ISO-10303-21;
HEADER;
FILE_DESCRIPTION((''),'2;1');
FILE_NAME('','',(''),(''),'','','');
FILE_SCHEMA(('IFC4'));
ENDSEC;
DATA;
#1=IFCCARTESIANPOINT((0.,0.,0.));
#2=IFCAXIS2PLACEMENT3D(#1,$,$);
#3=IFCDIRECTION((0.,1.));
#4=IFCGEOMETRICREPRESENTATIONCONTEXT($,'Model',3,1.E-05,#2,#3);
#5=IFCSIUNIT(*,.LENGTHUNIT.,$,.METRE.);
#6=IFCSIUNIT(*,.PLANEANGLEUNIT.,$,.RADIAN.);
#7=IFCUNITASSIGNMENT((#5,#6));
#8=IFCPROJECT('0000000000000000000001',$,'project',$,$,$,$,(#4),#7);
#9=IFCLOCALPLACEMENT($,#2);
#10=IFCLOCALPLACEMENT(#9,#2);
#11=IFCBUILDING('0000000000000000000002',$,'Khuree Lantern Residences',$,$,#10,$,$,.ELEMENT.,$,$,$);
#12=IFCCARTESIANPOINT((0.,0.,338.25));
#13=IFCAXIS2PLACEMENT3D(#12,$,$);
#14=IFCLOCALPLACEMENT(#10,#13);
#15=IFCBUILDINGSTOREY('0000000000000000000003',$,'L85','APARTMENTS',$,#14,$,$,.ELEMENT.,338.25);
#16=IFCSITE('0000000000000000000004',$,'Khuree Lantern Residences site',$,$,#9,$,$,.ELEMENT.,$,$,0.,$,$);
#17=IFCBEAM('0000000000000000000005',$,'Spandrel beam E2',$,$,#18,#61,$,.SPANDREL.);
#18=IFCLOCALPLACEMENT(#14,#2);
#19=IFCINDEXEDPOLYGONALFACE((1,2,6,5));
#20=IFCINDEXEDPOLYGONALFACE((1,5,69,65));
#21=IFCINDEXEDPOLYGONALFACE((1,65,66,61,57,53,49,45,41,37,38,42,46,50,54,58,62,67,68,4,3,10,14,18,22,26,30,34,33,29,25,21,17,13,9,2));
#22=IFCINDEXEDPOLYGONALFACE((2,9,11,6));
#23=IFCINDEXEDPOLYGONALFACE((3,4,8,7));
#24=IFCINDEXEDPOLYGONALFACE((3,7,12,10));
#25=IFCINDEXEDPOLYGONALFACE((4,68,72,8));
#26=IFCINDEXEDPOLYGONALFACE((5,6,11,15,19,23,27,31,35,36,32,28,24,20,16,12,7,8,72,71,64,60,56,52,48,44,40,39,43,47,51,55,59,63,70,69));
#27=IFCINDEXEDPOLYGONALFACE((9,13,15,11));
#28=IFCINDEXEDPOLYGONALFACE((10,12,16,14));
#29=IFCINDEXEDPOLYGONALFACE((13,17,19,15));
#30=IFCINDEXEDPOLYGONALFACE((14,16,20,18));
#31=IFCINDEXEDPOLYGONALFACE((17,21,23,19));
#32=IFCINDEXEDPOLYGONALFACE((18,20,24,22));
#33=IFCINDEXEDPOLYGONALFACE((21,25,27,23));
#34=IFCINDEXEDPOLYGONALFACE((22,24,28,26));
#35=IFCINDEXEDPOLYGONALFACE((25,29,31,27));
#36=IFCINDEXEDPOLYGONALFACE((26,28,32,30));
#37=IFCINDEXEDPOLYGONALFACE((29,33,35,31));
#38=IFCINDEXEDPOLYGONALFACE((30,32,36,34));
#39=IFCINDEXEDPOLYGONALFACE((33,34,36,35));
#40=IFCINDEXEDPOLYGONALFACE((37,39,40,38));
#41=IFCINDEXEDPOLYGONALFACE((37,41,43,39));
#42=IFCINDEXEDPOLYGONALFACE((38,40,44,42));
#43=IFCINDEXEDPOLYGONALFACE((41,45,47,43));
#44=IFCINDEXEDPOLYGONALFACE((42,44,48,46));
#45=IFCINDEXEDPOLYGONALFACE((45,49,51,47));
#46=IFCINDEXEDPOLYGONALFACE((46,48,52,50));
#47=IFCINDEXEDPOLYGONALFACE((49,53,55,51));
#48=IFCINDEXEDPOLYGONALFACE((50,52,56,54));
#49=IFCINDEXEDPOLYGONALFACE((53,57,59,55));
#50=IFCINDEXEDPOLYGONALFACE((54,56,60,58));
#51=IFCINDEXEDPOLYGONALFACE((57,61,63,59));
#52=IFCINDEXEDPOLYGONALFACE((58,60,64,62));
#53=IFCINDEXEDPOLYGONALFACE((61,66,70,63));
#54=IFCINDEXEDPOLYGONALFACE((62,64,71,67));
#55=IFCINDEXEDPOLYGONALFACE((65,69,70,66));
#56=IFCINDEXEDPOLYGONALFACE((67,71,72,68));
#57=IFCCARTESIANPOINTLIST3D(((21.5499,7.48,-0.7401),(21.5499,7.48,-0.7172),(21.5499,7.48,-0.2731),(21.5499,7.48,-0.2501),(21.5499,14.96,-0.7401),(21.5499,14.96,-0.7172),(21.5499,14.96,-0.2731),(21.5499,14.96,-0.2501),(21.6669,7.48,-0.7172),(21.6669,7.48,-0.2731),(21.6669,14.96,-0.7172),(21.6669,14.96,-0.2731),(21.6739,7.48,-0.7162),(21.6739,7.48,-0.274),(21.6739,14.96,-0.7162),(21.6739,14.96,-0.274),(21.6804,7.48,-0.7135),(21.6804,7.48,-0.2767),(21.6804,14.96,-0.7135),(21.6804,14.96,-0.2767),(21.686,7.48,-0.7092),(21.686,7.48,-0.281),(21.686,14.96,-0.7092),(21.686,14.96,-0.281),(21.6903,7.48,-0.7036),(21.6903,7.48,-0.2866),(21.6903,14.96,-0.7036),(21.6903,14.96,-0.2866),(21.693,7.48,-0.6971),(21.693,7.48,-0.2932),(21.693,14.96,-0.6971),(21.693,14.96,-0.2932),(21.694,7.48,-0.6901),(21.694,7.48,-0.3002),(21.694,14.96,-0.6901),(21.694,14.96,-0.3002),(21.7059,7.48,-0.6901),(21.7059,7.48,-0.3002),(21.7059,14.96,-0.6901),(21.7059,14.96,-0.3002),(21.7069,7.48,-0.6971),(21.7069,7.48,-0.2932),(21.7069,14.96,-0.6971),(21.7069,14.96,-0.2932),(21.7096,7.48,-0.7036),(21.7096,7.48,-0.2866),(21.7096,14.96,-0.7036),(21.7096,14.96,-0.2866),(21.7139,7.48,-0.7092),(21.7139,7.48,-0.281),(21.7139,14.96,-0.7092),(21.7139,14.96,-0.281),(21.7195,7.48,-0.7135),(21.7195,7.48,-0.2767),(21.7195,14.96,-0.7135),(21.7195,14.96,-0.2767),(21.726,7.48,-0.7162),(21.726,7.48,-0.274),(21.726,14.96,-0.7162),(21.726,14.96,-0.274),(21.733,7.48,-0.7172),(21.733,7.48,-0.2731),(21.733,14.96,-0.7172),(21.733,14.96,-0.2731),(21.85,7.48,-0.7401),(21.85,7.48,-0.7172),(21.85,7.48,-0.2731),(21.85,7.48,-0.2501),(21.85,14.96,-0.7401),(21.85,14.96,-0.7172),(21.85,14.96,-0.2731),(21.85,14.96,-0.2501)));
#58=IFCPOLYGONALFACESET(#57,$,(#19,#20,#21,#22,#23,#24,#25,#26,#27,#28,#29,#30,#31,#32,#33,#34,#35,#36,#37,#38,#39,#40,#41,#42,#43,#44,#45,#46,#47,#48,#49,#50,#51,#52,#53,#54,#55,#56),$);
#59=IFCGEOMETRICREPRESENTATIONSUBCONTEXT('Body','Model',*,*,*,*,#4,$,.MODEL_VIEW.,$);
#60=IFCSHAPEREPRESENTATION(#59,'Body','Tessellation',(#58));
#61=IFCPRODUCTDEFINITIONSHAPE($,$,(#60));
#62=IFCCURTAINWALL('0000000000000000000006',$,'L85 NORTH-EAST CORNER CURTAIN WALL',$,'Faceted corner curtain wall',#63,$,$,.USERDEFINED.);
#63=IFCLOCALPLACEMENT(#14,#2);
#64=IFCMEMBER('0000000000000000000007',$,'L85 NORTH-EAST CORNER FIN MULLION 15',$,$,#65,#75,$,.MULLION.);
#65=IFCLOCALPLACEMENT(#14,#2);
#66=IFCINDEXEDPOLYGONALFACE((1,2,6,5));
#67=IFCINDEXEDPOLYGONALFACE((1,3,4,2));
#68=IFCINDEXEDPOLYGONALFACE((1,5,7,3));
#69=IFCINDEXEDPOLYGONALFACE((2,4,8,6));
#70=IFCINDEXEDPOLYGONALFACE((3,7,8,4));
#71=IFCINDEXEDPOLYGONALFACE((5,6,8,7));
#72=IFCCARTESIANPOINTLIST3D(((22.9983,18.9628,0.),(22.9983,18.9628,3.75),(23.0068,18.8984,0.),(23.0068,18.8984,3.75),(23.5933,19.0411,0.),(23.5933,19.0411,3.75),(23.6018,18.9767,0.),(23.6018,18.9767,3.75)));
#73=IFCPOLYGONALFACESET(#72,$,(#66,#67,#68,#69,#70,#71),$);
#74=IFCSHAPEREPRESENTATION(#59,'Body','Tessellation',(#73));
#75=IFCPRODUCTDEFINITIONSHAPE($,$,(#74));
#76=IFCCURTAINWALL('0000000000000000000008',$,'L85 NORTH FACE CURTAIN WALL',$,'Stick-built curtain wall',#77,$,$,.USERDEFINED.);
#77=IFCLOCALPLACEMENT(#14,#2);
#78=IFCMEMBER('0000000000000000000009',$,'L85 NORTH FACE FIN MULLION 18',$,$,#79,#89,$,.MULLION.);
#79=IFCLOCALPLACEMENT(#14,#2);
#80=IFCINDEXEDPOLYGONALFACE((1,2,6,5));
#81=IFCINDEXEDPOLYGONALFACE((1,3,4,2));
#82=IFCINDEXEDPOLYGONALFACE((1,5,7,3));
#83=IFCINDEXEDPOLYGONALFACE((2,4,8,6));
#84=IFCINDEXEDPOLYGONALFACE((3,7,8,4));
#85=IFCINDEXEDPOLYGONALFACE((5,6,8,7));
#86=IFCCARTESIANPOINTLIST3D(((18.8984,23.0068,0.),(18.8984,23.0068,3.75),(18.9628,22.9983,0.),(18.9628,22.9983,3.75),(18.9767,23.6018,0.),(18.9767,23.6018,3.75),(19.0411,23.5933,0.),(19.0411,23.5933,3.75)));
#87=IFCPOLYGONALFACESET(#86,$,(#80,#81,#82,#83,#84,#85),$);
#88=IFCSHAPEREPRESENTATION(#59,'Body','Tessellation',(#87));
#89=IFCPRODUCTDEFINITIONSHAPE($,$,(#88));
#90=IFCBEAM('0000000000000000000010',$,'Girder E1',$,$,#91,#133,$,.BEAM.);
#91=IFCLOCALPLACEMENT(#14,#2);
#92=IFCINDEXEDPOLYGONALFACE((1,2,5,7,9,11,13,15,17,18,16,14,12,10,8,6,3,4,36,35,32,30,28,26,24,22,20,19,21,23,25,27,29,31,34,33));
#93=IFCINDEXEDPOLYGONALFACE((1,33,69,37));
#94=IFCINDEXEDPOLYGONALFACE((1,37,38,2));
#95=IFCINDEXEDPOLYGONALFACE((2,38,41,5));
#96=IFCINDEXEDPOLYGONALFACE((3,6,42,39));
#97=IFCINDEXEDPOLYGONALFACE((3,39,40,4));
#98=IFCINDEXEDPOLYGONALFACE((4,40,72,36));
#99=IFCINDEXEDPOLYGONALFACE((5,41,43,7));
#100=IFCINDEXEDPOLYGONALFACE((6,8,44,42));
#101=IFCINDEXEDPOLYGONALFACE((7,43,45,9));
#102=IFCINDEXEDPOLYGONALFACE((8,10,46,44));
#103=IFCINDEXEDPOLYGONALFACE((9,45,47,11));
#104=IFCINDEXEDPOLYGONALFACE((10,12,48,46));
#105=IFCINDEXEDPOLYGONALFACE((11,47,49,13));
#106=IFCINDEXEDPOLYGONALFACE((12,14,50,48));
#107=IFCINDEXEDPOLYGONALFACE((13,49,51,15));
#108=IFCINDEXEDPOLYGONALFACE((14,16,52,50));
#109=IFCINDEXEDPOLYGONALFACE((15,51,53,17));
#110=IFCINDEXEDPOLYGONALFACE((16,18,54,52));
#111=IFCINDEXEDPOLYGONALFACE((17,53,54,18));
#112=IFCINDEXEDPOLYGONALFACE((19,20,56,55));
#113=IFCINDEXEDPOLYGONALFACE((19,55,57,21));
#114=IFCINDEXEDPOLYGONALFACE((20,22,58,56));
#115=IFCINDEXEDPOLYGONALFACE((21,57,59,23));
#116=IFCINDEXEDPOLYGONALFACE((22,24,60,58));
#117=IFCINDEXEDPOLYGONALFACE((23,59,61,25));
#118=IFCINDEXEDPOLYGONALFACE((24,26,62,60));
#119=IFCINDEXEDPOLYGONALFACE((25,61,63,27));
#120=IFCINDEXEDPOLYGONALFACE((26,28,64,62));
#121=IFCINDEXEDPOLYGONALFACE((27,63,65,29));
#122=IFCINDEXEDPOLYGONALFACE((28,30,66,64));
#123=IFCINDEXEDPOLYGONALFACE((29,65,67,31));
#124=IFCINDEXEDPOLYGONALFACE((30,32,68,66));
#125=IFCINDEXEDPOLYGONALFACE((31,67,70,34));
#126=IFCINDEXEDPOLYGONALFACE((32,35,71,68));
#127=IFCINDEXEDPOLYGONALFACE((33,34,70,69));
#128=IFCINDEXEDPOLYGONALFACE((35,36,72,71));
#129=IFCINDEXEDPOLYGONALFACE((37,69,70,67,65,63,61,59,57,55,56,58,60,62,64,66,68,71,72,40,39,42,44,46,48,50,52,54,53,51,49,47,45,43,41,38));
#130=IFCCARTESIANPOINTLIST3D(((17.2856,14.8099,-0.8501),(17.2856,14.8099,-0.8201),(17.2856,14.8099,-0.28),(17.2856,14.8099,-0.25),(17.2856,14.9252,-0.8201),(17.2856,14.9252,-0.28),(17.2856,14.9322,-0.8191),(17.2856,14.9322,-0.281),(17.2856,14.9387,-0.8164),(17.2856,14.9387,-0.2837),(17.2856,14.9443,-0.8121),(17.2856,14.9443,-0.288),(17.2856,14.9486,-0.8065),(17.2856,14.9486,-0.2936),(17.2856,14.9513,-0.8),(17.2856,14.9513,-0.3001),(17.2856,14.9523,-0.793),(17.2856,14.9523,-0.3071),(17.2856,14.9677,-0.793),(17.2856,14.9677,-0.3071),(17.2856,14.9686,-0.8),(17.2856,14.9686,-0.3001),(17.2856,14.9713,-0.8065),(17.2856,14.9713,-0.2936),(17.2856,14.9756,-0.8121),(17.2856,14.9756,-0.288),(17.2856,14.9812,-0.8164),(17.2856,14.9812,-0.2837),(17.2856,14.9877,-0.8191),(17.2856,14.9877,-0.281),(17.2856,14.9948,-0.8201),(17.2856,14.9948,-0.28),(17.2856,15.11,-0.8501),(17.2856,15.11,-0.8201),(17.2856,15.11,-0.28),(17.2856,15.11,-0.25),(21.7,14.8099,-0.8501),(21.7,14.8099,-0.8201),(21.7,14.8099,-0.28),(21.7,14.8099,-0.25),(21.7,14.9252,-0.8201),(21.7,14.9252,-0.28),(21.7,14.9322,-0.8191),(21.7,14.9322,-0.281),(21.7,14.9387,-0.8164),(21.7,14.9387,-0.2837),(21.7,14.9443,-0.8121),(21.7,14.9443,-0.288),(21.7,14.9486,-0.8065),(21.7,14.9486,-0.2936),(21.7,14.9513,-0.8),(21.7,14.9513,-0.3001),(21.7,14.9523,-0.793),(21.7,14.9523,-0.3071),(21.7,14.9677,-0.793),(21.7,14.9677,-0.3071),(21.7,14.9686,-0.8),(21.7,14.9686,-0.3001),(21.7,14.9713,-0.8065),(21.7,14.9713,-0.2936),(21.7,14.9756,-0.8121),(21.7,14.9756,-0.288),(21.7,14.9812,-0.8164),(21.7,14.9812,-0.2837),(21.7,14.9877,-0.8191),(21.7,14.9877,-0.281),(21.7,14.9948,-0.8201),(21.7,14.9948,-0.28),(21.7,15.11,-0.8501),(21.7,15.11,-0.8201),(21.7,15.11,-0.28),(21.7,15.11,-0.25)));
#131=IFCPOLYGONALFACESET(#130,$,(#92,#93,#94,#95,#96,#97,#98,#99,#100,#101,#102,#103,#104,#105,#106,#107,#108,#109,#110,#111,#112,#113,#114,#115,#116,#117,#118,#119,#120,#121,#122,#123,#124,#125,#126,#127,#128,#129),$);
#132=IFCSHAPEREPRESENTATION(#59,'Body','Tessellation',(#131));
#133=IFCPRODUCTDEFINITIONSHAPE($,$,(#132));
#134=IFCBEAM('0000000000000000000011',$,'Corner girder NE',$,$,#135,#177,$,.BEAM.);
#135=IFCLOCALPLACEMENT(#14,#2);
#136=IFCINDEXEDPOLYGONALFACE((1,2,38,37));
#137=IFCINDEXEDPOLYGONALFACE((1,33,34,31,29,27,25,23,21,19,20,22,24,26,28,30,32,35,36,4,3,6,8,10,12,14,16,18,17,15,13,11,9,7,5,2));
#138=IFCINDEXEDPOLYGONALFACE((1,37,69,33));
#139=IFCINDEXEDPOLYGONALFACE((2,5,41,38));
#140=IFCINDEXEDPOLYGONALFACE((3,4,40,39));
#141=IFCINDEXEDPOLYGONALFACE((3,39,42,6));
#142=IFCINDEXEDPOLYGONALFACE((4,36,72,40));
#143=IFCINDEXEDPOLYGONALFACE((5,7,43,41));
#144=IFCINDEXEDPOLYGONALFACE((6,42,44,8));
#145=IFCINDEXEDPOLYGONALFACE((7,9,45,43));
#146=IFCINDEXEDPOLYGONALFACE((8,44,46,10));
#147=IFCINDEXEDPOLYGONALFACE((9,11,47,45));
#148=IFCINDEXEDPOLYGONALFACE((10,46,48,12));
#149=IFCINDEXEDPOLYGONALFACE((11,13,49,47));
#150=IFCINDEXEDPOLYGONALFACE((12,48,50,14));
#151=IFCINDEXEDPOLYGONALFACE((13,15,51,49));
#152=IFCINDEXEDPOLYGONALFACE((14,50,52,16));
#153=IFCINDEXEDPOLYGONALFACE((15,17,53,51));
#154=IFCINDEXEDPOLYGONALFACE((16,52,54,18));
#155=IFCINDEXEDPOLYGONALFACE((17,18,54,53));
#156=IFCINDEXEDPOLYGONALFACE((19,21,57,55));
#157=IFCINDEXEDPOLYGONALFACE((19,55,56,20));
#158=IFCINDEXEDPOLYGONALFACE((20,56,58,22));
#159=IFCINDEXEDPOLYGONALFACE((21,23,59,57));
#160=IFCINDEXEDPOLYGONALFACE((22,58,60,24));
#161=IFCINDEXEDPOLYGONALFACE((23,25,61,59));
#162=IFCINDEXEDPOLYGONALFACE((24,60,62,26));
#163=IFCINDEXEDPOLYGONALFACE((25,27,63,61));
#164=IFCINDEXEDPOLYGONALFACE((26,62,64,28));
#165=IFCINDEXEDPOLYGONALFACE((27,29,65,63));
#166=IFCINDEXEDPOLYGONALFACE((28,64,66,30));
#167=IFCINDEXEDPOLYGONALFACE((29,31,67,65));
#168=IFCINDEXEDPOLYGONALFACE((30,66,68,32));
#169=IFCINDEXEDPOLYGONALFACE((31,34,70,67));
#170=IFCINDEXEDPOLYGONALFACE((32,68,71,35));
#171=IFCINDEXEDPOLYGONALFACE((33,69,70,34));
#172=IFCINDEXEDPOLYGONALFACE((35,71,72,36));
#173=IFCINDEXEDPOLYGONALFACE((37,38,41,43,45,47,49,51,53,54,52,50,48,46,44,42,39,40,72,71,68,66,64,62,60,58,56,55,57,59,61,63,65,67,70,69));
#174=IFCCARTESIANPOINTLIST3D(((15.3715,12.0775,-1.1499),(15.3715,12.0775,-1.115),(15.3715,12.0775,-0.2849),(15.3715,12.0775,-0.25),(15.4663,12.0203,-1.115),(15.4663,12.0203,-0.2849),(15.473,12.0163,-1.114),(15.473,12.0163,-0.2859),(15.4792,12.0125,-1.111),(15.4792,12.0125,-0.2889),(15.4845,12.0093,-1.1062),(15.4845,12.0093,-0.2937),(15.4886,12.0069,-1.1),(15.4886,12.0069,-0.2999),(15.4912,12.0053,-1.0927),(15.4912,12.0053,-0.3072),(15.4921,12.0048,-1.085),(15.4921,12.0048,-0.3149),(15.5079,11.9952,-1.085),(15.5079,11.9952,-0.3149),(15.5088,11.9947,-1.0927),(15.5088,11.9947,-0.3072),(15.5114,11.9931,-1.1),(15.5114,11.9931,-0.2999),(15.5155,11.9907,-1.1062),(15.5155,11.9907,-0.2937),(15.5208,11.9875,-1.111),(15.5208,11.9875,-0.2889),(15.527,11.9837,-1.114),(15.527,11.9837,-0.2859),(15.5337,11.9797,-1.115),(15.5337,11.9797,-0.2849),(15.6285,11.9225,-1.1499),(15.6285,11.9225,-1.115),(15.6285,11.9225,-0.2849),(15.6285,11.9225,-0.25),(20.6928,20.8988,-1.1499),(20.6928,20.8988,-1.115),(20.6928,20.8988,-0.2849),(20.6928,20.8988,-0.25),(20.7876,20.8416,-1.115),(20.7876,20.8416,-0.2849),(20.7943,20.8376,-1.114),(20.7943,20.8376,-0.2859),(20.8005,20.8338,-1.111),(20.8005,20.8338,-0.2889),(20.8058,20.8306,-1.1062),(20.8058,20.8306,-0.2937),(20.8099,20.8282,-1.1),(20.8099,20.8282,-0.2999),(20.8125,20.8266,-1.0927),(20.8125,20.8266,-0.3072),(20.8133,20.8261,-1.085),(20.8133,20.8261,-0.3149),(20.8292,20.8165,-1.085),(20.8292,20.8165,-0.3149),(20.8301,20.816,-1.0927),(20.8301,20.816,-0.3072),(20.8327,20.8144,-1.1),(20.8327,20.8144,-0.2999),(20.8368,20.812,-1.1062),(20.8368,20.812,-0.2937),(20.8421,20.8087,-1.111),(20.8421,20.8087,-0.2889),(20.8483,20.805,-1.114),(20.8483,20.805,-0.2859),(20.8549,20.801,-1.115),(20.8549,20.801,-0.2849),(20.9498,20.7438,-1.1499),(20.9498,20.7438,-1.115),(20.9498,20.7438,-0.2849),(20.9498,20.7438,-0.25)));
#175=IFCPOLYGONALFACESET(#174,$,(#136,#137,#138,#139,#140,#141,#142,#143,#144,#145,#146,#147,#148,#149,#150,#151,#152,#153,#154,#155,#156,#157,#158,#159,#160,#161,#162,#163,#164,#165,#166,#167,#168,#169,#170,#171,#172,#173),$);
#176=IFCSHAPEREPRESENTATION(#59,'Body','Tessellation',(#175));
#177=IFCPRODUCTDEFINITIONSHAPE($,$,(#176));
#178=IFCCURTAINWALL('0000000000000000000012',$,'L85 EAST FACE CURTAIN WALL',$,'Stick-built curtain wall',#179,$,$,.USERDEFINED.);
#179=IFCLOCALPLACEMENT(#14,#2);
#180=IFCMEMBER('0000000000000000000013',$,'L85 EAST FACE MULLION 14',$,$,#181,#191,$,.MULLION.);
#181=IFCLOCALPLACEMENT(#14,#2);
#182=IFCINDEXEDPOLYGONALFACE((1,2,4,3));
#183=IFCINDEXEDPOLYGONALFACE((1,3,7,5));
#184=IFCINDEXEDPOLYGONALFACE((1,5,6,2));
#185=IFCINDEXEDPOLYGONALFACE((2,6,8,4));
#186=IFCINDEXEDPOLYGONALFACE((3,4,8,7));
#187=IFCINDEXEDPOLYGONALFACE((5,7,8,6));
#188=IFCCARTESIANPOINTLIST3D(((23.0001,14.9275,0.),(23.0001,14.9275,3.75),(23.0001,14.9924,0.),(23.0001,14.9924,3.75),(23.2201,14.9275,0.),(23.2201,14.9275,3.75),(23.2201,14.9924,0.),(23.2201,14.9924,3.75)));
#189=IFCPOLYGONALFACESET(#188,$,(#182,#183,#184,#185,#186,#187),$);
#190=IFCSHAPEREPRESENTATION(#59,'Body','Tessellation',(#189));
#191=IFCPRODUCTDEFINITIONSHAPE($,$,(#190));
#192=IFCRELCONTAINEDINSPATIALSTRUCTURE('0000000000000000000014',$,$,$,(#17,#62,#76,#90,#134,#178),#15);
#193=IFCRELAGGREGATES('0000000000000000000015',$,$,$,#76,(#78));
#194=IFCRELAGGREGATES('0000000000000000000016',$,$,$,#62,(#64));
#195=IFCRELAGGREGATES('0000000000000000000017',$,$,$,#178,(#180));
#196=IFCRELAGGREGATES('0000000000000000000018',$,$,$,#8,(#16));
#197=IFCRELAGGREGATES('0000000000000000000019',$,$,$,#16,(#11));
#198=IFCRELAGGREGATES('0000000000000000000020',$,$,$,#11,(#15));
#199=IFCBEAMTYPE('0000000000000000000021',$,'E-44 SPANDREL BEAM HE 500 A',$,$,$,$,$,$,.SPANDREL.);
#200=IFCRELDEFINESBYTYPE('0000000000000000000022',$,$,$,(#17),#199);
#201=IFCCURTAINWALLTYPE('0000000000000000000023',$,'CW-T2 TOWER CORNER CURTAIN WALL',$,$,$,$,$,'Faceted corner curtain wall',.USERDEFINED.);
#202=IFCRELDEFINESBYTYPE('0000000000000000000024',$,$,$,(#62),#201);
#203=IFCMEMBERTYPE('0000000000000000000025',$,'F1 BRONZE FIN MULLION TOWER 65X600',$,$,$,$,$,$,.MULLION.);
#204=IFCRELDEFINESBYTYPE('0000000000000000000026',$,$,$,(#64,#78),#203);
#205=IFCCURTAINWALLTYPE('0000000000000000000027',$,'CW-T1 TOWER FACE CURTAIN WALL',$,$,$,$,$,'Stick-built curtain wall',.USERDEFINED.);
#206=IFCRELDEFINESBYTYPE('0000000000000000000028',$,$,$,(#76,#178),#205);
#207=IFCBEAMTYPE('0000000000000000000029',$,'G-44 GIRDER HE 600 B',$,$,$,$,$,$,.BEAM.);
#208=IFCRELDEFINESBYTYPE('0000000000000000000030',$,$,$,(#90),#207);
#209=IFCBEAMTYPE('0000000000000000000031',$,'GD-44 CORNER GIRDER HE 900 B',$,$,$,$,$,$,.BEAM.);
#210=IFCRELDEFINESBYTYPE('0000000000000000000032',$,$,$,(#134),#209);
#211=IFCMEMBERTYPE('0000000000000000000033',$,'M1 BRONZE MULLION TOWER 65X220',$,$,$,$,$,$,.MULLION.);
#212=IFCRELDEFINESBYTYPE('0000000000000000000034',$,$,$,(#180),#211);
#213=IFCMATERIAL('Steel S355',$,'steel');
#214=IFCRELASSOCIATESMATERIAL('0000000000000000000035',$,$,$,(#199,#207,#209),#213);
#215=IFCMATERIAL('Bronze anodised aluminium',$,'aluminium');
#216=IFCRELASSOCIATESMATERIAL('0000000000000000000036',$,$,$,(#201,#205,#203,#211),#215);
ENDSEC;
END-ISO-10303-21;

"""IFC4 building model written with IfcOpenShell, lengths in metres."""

from ifc_helpers import new_model, si_unit, direction, frame, origin, origin_2d, place, context, subcontext, project, spatial, rectangle, i_section, extrude, material, material_profile, profile_set, type_object, element, aggregate, save


model = new_model("IFC4")

# Units and contexts
model_context = context("Model", 3, precision=1e-05, world=origin(), true_north=direction((0.0, 1.0)))
body_context = subcontext(model_context, "Body", "Model", "MODEL_VIEW")
ifc_project = project(units=[si_unit("LENGTHUNIT", "METRE"), si_unit("PLANEANGLEUNIT", "RADIAN")], contexts=[model_context])

# Site, building, storey
site_placement = place(None, origin())
site = spatial("IfcSite", under=ifc_project, at=site_placement, Name="Khuree Lantern Residences site", CompositionType="ELEMENT", RefElevation=0.0)
building_placement = place(site_placement, origin())
building = spatial("IfcBuilding", under=site, at=building_placement, Name="Khuree Lantern Residences", CompositionType="ELEMENT")
storey_placement = place(building_placement, frame((0.0, 0.0, 338.25)))
storey = spatial("IfcBuildingStorey", under=building, at=storey_placement, Name="L85", Description="APARTMENTS", CompositionType="ELEMENT", Elevation=338.25)

# Beam
ifc_material_1 = material(Name="Steel S355", Category="steel")
ifc_material_profile_1 = material_profile(ifc_material_1, i_section(OverallWidth=0.3, OverallDepth=0.49, WebThickness=0.012, FlangeThickness=0.0229, FilletRadius=0.0271, at=origin_2d()), Name="HE 500 A")
ifc_profile_set_1 = profile_set([ifc_material_profile_1], Name="Steel S355")
beam_type_1 = type_object("IfcBeamType", Name="E-44 SPANDREL BEAM HE 500 A", PredefinedType="SPANDREL", material=ifc_profile_set_1)
beam_1_placement = place(storey_placement, frame((21.7, 14.96, -0.4951), z_axis=(0.0, -1.0, 0.0), x_axis=(1.0, 0.0, 0.0)))
element("IfcBeam", 1, at=beam_1_placement, inside=storey, type_object=beam_type_1, Name="Spandrel beam E2", PredefinedType="SPANDREL", context=body_context, shape_type="SweptSolid", body=[
    extrude(i_section(OverallWidth=0.3, OverallDepth=0.49, WebThickness=0.012, FlangeThickness=0.0229, FilletRadius=0.0271, at=origin_2d()), origin(), (0.0, 0.0, 1.0), 7.48),
])

# Curtain walls, members
ifc_material_2 = material(Name="Bronze anodised aluminium", Category="aluminium")
curtain_wall_type_1 = type_object("IfcCurtainWallType", Name="CW-T2 TOWER CORNER CURTAIN WALL", ElementType="Faceted corner curtain wall", PredefinedType="USERDEFINED", material=ifc_material_2)
curtain_wall_1_placement = place(storey_placement, origin())
curtain_wall_1 = element("IfcCurtainWall", 2, at=curtain_wall_1_placement, inside=storey, type_object=curtain_wall_type_1, Name="L85 NORTH-EAST CORNER CURTAIN WALL", ObjectType="Faceted corner curtain wall", PredefinedType="USERDEFINED")
ifc_material_profile_2 = material_profile(ifc_material_2, rectangle(XDim=0.0649, YDim=0.6001, at=origin_2d()), Name="F1 65X600")
ifc_profile_set_2 = profile_set([ifc_material_profile_2], Name="Bronze anodised aluminium")
member_type_1 = type_object("IfcMemberType", Name="F1 BRONZE FIN MULLION TOWER 65X600", PredefinedType="MULLION", material=ifc_profile_set_2)
member_1_placement = place(storey_placement, frame((23.3, 18.9697, 0.0), z_axis=(0.0, 0.0, 1.0), x_axis=(-0.130526, 0.991445, 0.0)))
member_1 = element("IfcMember", 3, at=member_1_placement, type_object=member_type_1, Name="L85 NORTH-EAST CORNER FIN MULLION 15", PredefinedType="MULLION", context=body_context, shape_type="SweptSolid", body=[
    extrude(rectangle(XDim=0.0649, YDim=0.6001, at=origin_2d()), origin(), (0.0, 0.0, 1.0), 3.75),
])
curtain_wall_type_2 = type_object("IfcCurtainWallType", Name="CW-T1 TOWER FACE CURTAIN WALL", ElementType="Stick-built curtain wall", PredefinedType="USERDEFINED", material=ifc_material_2)
curtain_wall_2_placement = place(storey_placement, origin())
curtain_wall_2 = element("IfcCurtainWall", 4, at=curtain_wall_2_placement, inside=storey, type_object=curtain_wall_type_2, Name="L85 NORTH FACE CURTAIN WALL", ObjectType="Stick-built curtain wall", PredefinedType="USERDEFINED")
member_2_placement = place(storey_placement, frame((18.9697, 23.3, 0.0), z_axis=(0.0, 0.0, 1.0), x_axis=(-0.991445, 0.130526, 0.0)))
member_2 = element("IfcMember", 5, at=member_2_placement, type_object=member_type_1, Name="L85 NORTH FACE FIN MULLION 18", PredefinedType="MULLION", context=body_context, shape_type="SweptSolid", body=[
    extrude(rectangle(XDim=0.0649, YDim=0.6001, at=origin_2d()), origin(), (0.0, 0.0, 1.0), 3.75),
])

# Beams
ifc_material_profile_3 = material_profile(ifc_material_1, i_section(OverallWidth=0.3, OverallDepth=0.6001, WebThickness=0.0154, FlangeThickness=0.03, FilletRadius=0.0271, at=origin_2d()), Name="HE 600 B")
ifc_profile_set_3 = profile_set([ifc_material_profile_3], Name="Steel S355")
beam_type_2 = type_object("IfcBeamType", Name="G-44 GIRDER HE 600 B", PredefinedType="BEAM", material=ifc_profile_set_3)
beam_2_placement = place(storey_placement, frame((21.7, 14.96, -0.55), z_axis=(-1.0, 0.0, 0.0), x_axis=(0.0, -1.0, 0.0)))
element("IfcBeam", 6, at=beam_2_placement, inside=storey, type_object=beam_type_2, Name="Girder E1", PredefinedType="BEAM", context=body_context, shape_type="SweptSolid", body=[
    extrude(i_section(OverallWidth=0.3, OverallDepth=0.6001, WebThickness=0.0154, FlangeThickness=0.03, FilletRadius=0.0271, at=origin_2d()), origin(), (0.0, 0.0, 1.0), 4.4143),
])
ifc_material_profile_4 = material_profile(ifc_material_1, i_section(OverallWidth=0.3, OverallDepth=0.8999, WebThickness=0.0186, FlangeThickness=0.0349, FilletRadius=0.03, at=origin_2d()), Name="HE 900 B")
ifc_profile_set_4 = profile_set([ifc_material_profile_4], Name="Steel S355")
beam_type_3 = type_object("IfcBeamType", Name="GD-44 CORNER GIRDER HE 900 B", PredefinedType="BEAM", material=ifc_profile_set_4)
beam_3_placement = place(storey_placement, frame((20.8213, 20.8213, -0.7), z_axis=(-0.51653, -0.856269, 0.0), x_axis=(0.856269, -0.51653, 0.0)))
element("IfcBeam", 7, at=beam_3_placement, inside=storey, type_object=beam_type_3, Name="Corner girder NE", PredefinedType="BEAM", context=body_context, shape_type="SweptSolid", body=[
    extrude(i_section(OverallWidth=0.3, OverallDepth=0.8999, WebThickness=0.0186, FlangeThickness=0.0349, FilletRadius=0.03, at=origin_2d()), origin(), (0.0, 0.0, 1.0), 10.302),
])

# Curtain wall, member
curtain_wall_3_placement = place(storey_placement, origin())
curtain_wall_3 = element("IfcCurtainWall", 8, at=curtain_wall_3_placement, inside=storey, type_object=curtain_wall_type_2, Name="L85 EAST FACE CURTAIN WALL", ObjectType="Stick-built curtain wall", PredefinedType="USERDEFINED")
ifc_material_profile_5 = material_profile(ifc_material_2, rectangle(XDim=0.0649, YDim=0.22, at=origin_2d()), Name="M1 65X220")
ifc_profile_set_5 = profile_set([ifc_material_profile_5], Name="Bronze anodised aluminium")
member_type_2 = type_object("IfcMemberType", Name="M1 BRONZE MULLION TOWER 65X220", PredefinedType="MULLION", material=ifc_profile_set_5)
member_3_placement = place(storey_placement, frame((23.1101, 14.96, 0.0), z_axis=(0.0, 0.0, 1.0), x_axis=(0.0, 1.0, 0.0)))
member_3 = element("IfcMember", 9, at=member_3_placement, type_object=member_type_2, Name="L85 EAST FACE MULLION 14", PredefinedType="MULLION", context=body_context, shape_type="SweptSolid", body=[
    extrude(rectangle(XDim=0.0649, YDim=0.22, at=origin_2d()), origin(), (0.0, 0.0, 1.0), 3.75),
])

aggregate(curtain_wall_2, [member_2])

aggregate(curtain_wall_1, [member_1])
aggregate(curtain_wall_3, [member_3])

save(model, "model.ifc")
